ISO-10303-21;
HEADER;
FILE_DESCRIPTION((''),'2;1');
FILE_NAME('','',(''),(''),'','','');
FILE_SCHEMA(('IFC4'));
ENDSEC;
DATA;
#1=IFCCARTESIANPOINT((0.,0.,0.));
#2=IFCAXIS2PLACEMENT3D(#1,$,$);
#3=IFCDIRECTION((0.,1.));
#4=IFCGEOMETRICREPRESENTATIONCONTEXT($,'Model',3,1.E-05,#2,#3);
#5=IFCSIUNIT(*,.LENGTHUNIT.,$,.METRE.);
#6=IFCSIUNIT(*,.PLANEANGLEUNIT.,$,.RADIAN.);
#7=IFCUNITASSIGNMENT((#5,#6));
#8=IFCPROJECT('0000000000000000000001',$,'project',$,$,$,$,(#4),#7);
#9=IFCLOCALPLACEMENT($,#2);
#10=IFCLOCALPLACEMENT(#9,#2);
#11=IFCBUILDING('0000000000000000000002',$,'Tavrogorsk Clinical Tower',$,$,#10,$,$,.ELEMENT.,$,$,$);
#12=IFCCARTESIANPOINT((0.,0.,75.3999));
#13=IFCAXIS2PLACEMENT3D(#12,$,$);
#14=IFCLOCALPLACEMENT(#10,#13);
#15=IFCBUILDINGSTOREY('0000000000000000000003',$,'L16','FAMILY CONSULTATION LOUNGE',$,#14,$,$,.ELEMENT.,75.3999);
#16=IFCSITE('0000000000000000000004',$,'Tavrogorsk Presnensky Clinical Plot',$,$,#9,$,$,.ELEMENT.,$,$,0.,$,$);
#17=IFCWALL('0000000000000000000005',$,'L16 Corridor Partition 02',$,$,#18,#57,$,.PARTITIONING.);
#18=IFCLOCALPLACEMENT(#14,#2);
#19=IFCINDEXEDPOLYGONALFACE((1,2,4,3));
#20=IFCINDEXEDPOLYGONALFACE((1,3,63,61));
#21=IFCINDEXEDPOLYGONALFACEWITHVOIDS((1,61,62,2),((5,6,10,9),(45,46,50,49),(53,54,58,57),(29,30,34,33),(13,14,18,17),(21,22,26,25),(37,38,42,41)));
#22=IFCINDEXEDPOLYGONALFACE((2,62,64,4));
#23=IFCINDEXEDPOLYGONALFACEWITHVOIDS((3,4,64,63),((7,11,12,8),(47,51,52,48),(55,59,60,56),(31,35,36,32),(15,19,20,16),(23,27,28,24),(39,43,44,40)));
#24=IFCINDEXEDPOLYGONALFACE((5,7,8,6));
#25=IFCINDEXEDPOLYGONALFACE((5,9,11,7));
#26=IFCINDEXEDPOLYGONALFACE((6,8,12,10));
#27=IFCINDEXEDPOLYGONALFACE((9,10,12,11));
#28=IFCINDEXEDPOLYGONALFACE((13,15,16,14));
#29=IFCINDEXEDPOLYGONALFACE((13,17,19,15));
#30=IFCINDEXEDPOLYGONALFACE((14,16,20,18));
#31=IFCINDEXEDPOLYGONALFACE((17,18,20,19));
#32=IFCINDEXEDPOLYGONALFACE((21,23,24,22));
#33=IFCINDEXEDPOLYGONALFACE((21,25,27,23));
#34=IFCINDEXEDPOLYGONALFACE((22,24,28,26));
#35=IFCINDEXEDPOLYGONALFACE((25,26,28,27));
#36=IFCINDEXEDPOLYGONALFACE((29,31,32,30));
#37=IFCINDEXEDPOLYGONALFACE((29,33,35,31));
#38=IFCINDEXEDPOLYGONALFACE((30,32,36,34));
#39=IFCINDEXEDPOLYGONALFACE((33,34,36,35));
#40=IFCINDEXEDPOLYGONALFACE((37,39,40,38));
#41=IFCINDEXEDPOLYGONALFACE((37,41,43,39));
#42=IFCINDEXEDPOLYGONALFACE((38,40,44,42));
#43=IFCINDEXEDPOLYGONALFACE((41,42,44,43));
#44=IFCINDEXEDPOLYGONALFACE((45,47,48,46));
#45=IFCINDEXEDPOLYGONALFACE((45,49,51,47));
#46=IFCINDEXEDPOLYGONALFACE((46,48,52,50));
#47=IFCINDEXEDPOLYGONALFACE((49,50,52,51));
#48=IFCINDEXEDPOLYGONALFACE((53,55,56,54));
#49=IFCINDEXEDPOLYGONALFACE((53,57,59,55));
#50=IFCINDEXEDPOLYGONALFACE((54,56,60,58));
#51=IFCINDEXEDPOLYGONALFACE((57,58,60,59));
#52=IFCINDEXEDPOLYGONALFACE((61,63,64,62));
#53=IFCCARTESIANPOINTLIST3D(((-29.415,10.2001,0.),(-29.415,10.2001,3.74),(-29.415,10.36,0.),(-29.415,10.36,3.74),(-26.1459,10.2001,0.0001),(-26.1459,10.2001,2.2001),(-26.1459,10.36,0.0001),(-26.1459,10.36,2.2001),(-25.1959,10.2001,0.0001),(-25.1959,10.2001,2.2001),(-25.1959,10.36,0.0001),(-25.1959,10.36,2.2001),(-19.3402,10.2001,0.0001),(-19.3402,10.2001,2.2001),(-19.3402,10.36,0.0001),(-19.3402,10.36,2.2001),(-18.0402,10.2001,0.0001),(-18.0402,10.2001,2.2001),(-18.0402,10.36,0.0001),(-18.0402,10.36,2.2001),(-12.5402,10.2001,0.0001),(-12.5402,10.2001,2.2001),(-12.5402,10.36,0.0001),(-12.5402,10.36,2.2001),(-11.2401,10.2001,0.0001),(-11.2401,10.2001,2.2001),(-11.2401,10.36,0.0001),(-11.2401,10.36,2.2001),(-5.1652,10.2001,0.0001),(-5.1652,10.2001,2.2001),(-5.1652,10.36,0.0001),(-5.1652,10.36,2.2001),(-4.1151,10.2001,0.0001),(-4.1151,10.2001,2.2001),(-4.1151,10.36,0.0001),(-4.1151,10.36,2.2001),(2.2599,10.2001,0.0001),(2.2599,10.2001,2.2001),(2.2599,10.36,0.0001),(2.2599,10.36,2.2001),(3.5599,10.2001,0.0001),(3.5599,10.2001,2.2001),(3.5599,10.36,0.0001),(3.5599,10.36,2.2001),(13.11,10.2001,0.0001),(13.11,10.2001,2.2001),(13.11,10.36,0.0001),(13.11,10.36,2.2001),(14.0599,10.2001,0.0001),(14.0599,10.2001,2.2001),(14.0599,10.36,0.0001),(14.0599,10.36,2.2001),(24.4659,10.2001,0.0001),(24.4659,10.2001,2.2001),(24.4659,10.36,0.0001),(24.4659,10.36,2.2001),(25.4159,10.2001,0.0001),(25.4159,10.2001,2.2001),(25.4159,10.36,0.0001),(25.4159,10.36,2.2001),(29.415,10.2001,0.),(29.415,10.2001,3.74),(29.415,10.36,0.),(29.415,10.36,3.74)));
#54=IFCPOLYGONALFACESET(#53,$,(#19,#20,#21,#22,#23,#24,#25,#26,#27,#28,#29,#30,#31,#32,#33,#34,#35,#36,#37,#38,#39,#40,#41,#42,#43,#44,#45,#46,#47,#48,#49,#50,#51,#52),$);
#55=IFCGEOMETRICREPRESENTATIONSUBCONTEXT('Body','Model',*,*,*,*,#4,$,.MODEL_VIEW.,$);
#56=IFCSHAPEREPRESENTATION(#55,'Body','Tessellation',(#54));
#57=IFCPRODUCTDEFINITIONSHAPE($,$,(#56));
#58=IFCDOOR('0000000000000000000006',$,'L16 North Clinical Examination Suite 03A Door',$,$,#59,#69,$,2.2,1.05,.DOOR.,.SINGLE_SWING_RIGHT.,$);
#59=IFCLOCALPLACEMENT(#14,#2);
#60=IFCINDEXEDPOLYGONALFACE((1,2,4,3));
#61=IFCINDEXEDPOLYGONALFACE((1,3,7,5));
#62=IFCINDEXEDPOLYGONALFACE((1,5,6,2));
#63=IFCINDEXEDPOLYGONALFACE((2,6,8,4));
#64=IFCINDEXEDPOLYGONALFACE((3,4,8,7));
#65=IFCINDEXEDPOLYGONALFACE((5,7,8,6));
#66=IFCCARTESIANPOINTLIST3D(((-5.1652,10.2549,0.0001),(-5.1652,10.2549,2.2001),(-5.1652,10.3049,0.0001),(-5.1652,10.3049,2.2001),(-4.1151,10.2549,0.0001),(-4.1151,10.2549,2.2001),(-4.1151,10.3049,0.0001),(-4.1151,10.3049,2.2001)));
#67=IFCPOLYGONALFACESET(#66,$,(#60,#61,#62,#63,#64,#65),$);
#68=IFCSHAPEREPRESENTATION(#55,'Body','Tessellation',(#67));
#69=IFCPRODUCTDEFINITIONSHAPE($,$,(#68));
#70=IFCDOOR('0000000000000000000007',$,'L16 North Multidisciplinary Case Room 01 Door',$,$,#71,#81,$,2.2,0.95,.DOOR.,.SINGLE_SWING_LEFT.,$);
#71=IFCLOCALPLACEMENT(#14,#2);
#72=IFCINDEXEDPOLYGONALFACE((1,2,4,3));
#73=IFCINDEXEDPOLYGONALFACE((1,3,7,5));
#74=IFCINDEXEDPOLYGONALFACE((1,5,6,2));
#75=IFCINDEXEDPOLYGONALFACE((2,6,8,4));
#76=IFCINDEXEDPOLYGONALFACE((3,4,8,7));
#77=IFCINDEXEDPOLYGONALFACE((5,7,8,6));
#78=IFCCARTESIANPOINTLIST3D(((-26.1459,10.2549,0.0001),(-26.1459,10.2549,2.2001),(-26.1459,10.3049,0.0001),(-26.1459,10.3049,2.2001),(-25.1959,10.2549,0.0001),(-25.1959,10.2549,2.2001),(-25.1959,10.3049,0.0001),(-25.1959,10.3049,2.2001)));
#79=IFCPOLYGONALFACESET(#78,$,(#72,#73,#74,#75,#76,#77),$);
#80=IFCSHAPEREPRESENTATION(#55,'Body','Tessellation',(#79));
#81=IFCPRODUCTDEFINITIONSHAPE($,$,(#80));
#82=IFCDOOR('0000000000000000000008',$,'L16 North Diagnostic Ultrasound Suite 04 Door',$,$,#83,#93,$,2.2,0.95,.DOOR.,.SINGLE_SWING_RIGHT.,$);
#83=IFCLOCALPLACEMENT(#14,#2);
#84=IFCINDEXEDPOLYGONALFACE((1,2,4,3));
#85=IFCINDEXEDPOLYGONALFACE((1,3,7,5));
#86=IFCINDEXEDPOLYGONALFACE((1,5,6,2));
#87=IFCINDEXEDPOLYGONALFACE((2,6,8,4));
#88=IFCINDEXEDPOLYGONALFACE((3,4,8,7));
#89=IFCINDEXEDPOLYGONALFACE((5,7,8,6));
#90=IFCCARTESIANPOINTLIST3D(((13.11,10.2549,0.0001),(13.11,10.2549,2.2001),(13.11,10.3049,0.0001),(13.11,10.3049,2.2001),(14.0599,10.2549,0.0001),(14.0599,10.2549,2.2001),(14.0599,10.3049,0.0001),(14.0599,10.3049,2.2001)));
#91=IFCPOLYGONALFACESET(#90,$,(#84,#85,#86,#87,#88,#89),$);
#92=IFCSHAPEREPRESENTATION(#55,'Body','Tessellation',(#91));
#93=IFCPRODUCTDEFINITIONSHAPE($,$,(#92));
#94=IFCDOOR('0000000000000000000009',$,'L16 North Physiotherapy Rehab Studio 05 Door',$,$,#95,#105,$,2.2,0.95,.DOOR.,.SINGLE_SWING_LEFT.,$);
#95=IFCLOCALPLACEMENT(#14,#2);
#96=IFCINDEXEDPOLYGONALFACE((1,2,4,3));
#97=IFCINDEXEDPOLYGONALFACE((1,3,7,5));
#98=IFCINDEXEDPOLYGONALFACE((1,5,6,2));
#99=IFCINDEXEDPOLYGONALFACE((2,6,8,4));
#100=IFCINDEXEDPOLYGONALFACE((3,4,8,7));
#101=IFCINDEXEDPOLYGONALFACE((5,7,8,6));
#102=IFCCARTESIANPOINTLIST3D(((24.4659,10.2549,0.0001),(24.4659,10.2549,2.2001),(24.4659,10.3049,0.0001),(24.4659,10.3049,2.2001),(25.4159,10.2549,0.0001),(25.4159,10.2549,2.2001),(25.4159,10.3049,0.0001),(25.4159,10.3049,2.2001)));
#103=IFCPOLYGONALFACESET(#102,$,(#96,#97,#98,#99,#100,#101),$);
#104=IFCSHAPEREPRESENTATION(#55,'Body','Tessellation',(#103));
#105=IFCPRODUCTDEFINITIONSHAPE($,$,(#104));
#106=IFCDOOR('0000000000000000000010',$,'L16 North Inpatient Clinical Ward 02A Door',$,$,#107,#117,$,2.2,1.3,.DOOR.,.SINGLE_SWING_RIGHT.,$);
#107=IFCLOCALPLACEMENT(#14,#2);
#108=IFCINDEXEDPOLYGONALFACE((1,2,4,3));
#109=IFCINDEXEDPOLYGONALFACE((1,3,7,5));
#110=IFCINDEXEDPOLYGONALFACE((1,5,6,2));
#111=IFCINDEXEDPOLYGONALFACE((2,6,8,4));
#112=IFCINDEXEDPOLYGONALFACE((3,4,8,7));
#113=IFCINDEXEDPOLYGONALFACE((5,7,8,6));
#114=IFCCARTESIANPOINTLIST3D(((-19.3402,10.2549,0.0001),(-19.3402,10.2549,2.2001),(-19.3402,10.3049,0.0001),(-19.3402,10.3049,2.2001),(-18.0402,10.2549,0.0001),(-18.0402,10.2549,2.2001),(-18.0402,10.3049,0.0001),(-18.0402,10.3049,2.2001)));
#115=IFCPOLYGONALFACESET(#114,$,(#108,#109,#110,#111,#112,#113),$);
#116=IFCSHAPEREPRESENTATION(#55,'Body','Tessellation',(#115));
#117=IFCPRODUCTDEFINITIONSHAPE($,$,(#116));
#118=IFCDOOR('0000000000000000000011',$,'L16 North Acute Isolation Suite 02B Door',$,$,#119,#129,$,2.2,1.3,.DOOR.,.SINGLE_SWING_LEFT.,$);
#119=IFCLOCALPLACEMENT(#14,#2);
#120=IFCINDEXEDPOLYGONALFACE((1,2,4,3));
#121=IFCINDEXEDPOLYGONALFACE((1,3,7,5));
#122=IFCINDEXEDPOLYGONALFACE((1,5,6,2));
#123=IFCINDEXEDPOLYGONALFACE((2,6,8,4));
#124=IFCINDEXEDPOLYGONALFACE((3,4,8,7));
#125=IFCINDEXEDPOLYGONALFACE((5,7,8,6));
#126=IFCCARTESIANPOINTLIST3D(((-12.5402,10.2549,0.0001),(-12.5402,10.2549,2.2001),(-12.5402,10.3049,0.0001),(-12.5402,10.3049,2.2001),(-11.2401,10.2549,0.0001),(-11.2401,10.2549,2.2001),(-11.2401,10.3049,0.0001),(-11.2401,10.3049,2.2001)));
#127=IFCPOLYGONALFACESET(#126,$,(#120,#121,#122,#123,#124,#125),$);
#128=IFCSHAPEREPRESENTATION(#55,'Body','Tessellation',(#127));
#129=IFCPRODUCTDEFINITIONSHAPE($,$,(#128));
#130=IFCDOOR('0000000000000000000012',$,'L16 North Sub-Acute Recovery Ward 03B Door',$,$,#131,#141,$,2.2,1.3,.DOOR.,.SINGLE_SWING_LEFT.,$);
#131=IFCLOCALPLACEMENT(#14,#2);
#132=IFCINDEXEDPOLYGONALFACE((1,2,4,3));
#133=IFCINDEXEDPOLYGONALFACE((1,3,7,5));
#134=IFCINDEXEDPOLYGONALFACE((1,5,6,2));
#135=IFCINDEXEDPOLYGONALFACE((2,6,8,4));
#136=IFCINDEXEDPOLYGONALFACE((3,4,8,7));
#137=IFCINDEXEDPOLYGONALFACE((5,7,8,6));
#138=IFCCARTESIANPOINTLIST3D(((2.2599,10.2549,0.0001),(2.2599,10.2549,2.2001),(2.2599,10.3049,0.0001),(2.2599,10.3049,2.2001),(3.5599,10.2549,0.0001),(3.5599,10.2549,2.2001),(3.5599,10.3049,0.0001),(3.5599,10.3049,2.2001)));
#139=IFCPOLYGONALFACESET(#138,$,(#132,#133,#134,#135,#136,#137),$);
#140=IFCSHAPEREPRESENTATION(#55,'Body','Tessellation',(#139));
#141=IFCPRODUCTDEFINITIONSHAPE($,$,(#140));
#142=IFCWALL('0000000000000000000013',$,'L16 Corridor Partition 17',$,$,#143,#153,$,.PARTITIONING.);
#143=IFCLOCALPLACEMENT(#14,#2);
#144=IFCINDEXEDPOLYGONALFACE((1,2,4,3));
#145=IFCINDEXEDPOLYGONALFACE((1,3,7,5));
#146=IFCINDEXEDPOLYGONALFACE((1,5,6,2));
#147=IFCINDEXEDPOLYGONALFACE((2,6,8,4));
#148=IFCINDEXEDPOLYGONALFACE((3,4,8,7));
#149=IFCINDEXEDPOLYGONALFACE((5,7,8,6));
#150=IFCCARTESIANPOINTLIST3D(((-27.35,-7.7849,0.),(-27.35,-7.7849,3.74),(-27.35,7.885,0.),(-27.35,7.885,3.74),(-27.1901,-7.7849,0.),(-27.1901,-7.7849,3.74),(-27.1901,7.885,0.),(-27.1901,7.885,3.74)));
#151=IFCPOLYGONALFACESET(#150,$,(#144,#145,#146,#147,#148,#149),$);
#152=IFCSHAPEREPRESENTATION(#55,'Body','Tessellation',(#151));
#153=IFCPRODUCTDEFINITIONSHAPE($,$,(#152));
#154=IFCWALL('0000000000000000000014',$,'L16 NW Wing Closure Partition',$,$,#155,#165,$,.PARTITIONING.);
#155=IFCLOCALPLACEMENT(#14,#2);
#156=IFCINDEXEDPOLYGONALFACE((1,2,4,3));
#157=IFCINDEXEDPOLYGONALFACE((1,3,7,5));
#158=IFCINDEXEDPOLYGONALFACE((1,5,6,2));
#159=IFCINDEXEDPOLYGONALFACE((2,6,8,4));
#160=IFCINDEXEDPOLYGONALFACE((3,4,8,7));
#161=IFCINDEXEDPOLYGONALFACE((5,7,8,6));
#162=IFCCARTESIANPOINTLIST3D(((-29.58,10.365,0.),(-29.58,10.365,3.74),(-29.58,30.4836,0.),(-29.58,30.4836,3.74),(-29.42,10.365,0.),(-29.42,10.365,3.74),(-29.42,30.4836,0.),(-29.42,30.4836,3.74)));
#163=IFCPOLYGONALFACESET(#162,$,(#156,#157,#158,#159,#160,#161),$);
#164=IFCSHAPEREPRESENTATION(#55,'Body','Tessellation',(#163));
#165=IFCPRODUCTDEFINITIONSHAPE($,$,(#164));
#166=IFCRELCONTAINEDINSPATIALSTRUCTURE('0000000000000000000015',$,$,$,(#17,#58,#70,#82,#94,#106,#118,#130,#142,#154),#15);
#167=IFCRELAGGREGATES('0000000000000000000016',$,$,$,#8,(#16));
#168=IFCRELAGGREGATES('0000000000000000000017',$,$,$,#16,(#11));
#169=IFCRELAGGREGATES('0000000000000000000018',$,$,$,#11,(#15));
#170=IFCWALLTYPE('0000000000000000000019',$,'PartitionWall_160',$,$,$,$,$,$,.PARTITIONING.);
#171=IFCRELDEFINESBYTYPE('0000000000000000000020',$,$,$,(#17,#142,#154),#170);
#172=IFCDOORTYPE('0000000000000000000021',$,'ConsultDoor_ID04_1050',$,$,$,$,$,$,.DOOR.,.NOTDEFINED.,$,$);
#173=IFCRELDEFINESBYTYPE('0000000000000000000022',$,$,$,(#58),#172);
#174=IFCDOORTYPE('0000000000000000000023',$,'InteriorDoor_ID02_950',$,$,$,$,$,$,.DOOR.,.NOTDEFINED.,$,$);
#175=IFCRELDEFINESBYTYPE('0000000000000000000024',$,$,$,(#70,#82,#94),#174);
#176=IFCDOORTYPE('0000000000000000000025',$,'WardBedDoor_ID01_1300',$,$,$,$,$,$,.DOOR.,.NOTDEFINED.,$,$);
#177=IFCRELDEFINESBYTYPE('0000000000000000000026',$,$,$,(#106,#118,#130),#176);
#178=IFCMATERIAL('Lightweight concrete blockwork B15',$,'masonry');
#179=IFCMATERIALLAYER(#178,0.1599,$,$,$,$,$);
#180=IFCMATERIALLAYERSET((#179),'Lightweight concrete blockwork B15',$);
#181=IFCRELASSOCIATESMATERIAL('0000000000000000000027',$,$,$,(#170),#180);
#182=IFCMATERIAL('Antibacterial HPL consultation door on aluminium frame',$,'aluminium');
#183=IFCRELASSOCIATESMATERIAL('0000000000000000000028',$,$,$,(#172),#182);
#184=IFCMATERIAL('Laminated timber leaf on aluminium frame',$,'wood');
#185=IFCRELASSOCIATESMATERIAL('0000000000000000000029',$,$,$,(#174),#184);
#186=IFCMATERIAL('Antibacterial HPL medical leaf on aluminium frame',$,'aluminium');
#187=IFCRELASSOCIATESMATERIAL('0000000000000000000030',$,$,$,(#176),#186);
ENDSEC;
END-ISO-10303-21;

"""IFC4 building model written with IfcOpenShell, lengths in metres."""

from ifc_helpers import new_model, si_unit, direction, frame, frame_2d, origin, place, context, subcontext, project, spatial, rectangle, extrude, material, layer, layer_set, type_object, element, fill, save


model = new_model("IFC4")

# Units and contexts
model_context = context("Model", 3, precision=1e-05, world=origin(), true_north=direction((0.0, 1.0)))
body_context = subcontext(model_context, "Body", "Model", "MODEL_VIEW")
ifc_project = project(units=[si_unit("LENGTHUNIT", "METRE"), si_unit("PLANEANGLEUNIT", "RADIAN")], contexts=[model_context])

# Site, building, storey
site_placement = place(None, origin())
site = spatial("IfcSite", under=ifc_project, at=site_placement, Name="Tavrogorsk Presnensky Clinical Plot", CompositionType="ELEMENT", RefElevation=0.0)
building_placement = place(site_placement, origin())
building = spatial("IfcBuilding", under=site, at=building_placement, Name="Tavrogorsk Clinical Tower", CompositionType="ELEMENT")
storey_placement = place(building_placement, frame((0.0, 0.0, 75.3999)))
storey = spatial("IfcBuildingStorey", under=building, at=storey_placement, Name="L16", Description="FAMILY CONSULTATION LOUNGE", CompositionType="ELEMENT", Elevation=75.3999)

# Wall, openings, doors
ifc_material_1 = material(Name="Lightweight concrete blockwork B15", Category="masonry")
ifc_layer_1 = layer(ifc_material_1, 0.1599)
ifc_layer_set_1 = layer_set([ifc_layer_1], Name="Lightweight concrete blockwork B15")
wall_type_1 = type_object("IfcWallType", Name="PartitionWall_160", PredefinedType="PARTITIONING", material=ifc_layer_set_1)
wall_1_placement = place(storey_placement, frame((-29.415, 10.28, 0.0), z_axis=(0.0, 0.0, 1.0), x_axis=(1.0, 0.0, 0.0)))
wall_1 = element("IfcWall", 1, at=wall_1_placement, inside=storey, type_object=wall_type_1, Name="L16 Corridor Partition 02", PredefinedType="PARTITIONING", context=body_context, shape_type="SweptSolid", body=[
    extrude(rectangle(XDim=58.8301, YDim=0.1599, at=frame_2d((29.415, 0.0))), origin(), (0.0, 0.0, 1.0), 3.74),
])
opening_1_placement = place(wall_1_placement, frame((3.269, 0.0, 0.0)))
opening_1 = element("IfcOpeningElement", 2, at=opening_1_placement, cuts=wall_1, PredefinedType="OPENING", context=body_context, shape_type="SweptSolid", body=[
    extrude(rectangle(XDim=0.95, YDim=2.2, at=frame_2d((0.4751, 1.1001))), frame((0.0, 0.0898, 0.0), z_axis=(0.0, -1.0, 0.0), x_axis=(1.0, 0.0, 0.0)), (0.0, 0.0, 1.0), 0.1799),
])
opening_2_placement = place(wall_1_placement, frame((10.075, 0.0, 0.0)))
opening_2 = element("IfcOpeningElement", 3, at=opening_2_placement, cuts=wall_1, PredefinedType="OPENING", context=body_context, shape_type="SweptSolid", body=[
    extrude(rectangle(XDim=1.3, YDim=2.2, at=frame_2d((0.6499, 1.1001))), frame((0.0, 0.0898, 0.0), z_axis=(0.0, -1.0, 0.0), x_axis=(1.0, 0.0, 0.0)), (0.0, 0.0, 1.0), 0.1799),
])
opening_3_placement = place(wall_1_placement, frame((16.875, 0.0, 0.0)))
opening_3 = element("IfcOpeningElement", 4, at=opening_3_placement, cuts=wall_1, PredefinedType="OPENING", context=body_context, shape_type="SweptSolid", body=[
    extrude(rectangle(XDim=1.3, YDim=2.2, at=frame_2d((0.6499, 1.1001))), frame((0.0, 0.0898, 0.0), z_axis=(0.0, -1.0, 0.0), x_axis=(1.0, 0.0, 0.0)), (0.0, 0.0, 1.0), 0.1799),
])
opening_4_placement = place(wall_1_placement, frame((24.25, 0.0, 0.0)))
opening_4 = element("IfcOpeningElement", 5, at=opening_4_placement, cuts=wall_1, PredefinedType="OPENING", context=body_context, shape_type="SweptSolid", body=[
    extrude(rectangle(XDim=1.05, YDim=2.2, at=frame_2d((0.5249, 1.1001))), frame((0.0, 0.0898, 0.0), z_axis=(0.0, -1.0, 0.0), x_axis=(1.0, 0.0, 0.0)), (0.0, 0.0, 1.0), 0.1799),
])
opening_5_placement = place(wall_1_placement, frame((31.675, 0.0, 0.0)))
opening_5 = element("IfcOpeningElement", 6, at=opening_5_placement, cuts=wall_1, PredefinedType="OPENING", context=body_context, shape_type="SweptSolid", body=[
    extrude(rectangle(XDim=1.3, YDim=2.2, at=frame_2d((0.6499, 1.1001))), frame((0.0, 0.0898, 0.0), z_axis=(0.0, -1.0, 0.0), x_axis=(1.0, 0.0, 0.0)), (0.0, 0.0, 1.0), 0.1799),
])
opening_6_placement = place(wall_1_placement, frame((42.5249, 0.0, 0.0)))
opening_6 = element("IfcOpeningElement", 7, at=opening_6_placement, cuts=wall_1, PredefinedType="OPENING", context=body_context, shape_type="SweptSolid", body=[
    extrude(rectangle(XDim=0.95, YDim=2.2, at=frame_2d((0.4751, 1.1001))), frame((0.0, 0.0898, 0.0), z_axis=(0.0, -1.0, 0.0), x_axis=(1.0, 0.0, 0.0)), (0.0, 0.0, 1.0), 0.1799),
])
opening_7_placement = place(wall_1_placement, frame((53.8809, 0.0, 0.0)))
opening_7 = element("IfcOpeningElement", 8, at=opening_7_placement, cuts=wall_1, PredefinedType="OPENING", context=body_context, shape_type="SweptSolid", body=[
    extrude(rectangle(XDim=0.95, YDim=2.2, at=frame_2d((0.4751, 1.1001))), frame((0.0, 0.0898, 0.0), z_axis=(0.0, -1.0, 0.0), x_axis=(1.0, 0.0, 0.0)), (0.0, 0.0, 1.0), 0.1799),
])
ifc_material_2 = material(Name="Antibacterial HPL consultation door on aluminium frame", Category="aluminium")
door_type_1 = type_object("IfcDoorType", Name="ConsultDoor_ID04_1050", OperationType="NOTDEFINED", PredefinedType="DOOR", material=ifc_material_2)
door_1_placement = place(opening_4_placement, origin())
door_1 = element("IfcDoor", 9, at=door_1_placement, inside=storey, type_object=door_type_1, Name="L16 North Clinical Examination Suite 03A Door", OperationType="SINGLE_SWING_RIGHT", OverallHeight=2.2, OverallWidth=1.05, PredefinedType="DOOR", context=body_context, shape_type="SweptSolid", body=[
    extrude(rectangle(XDim=1.05, YDim=2.2, at=frame_2d((0.5249, 1.1001))), frame((0.0, 0.0249, 0.0), z_axis=(0.0, -1.0, 0.0), x_axis=(1.0, 0.0, 0.0)), (0.0, 0.0, 1.0), 0.05),
])
fill(opening_4, door_1)
ifc_material_3 = material(Name="Laminated timber leaf on aluminium frame", Category="wood")
door_type_2 = type_object("IfcDoorType", Name="InteriorDoor_ID02_950", OperationType="NOTDEFINED", PredefinedType="DOOR", material=ifc_material_3)
door_2_placement = place(opening_1_placement, origin())
door_2 = element("IfcDoor", 10, at=door_2_placement, inside=storey, type_object=door_type_2, Name="L16 North Multidisciplinary Case Room 01 Door", OperationType="SINGLE_SWING_LEFT", OverallHeight=2.2, OverallWidth=0.95, PredefinedType="DOOR", context=body_context, shape_type="SweptSolid", body=[
    extrude(rectangle(XDim=0.95, YDim=2.2, at=frame_2d((0.4751, 1.1001))), frame((0.0, 0.0249, 0.0), z_axis=(0.0, -1.0, 0.0), x_axis=(1.0, 0.0, 0.0)), (0.0, 0.0, 1.0), 0.05),
])
fill(opening_1, door_2)
door_3_placement = place(opening_6_placement, origin())
door_3 = element("IfcDoor", 11, at=door_3_placement, inside=storey, type_object=door_type_2, Name="L16 North Diagnostic Ultrasound Suite 04 Door", OperationType="SINGLE_SWING_RIGHT", OverallHeight=2.2, OverallWidth=0.95, PredefinedType="DOOR", context=body_context, shape_type="SweptSolid", body=[
    extrude(rectangle(XDim=0.95, YDim=2.2, at=frame_2d((0.4751, 1.1001))), frame((0.0, 0.0249, 0.0), z_axis=(0.0, -1.0, 0.0), x_axis=(1.0, 0.0, 0.0)), (0.0, 0.0, 1.0), 0.05),
])
fill(opening_6, door_3)
door_4_placement = place(opening_7_placement, origin())
door_4 = element("IfcDoor", 12, at=door_4_placement, inside=storey, type_object=door_type_2, Name="L16 North Physiotherapy Rehab Studio 05 Door", OperationType="SINGLE_SWING_LEFT", OverallHeight=2.2, OverallWidth=0.95, PredefinedType="DOOR", context=body_context, shape_type="SweptSolid", body=[
    extrude(rectangle(XDim=0.95, YDim=2.2, at=frame_2d((0.4751, 1.1001))), frame((0.0, 0.0249, 0.0), z_axis=(0.0, -1.0, 0.0), x_axis=(1.0, 0.0, 0.0)), (0.0, 0.0, 1.0), 0.05),
])
fill(opening_7, door_4)
ifc_material_4 = material(Name="Antibacterial HPL medical leaf on aluminium frame", Category="aluminium")
door_type_3 = type_object("IfcDoorType", Name="WardBedDoor_ID01_1300", OperationType="NOTDEFINED", PredefinedType="DOOR", material=ifc_material_4)
door_5_placement = place(opening_2_placement, origin())
door_5 = element("IfcDoor", 13, at=door_5_placement, inside=storey, type_object=door_type_3, Name="L16 North Inpatient Clinical Ward 02A Door", OperationType="SINGLE_SWING_RIGHT", OverallHeight=2.2, OverallWidth=1.3, PredefinedType="DOOR", context=body_context, shape_type="SweptSolid", body=[
    extrude(rectangle(XDim=1.3, YDim=2.2, at=frame_2d((0.6499, 1.1001))), frame((0.0, 0.0249, 0.0), z_axis=(0.0, -1.0, 0.0), x_axis=(1.0, 0.0, 0.0)), (0.0, 0.0, 1.0), 0.05),
])
fill(opening_2, door_5)
door_6_placement = place(opening_3_placement, origin())
door_6 = element("IfcDoor", 14, at=door_6_placement, inside=storey, type_object=door_type_3, Name="L16 North Acute Isolation Suite 02B Door", OperationType="SINGLE_SWING_LEFT", OverallHeight=2.2, OverallWidth=1.3, PredefinedType="DOOR", context=body_context, shape_type="SweptSolid", body=[
    extrude(rectangle(XDim=1.3, YDim=2.2, at=frame_2d((0.6499, 1.1001))), frame((0.0, 0.0249, 0.0), z_axis=(0.0, -1.0, 0.0), x_axis=(1.0, 0.0, 0.0)), (0.0, 0.0, 1.0), 0.05),
])
fill(opening_3, door_6)
door_7_placement = place(opening_5_placement, origin())
door_7 = element("IfcDoor", 15, at=door_7_placement, inside=storey, type_object=door_type_3, Name="L16 North Sub-Acute Recovery Ward 03B Door", OperationType="SINGLE_SWING_LEFT", OverallHeight=2.2, OverallWidth=1.3, PredefinedType="DOOR", context=body_context, shape_type="SweptSolid", body=[
    extrude(rectangle(XDim=1.3, YDim=2.2, at=frame_2d((0.6499, 1.1001))), frame((0.0, 0.0249, 0.0), z_axis=(0.0, -1.0, 0.0), x_axis=(1.0, 0.0, 0.0)), (0.0, 0.0, 1.0), 0.05),
])
fill(opening_5, door_7)

# Walls
wall_2_placement = place(storey_placement, frame((-27.27, 7.885, 0.0), z_axis=(0.0, 0.0, 1.0), x_axis=(0.0, -1.0, 0.0)))
element("IfcWall", 16, at=wall_2_placement, inside=storey, type_object=wall_type_1, Name="L16 Corridor Partition 17", PredefinedType="PARTITIONING", context=body_context, shape_type="SweptSolid", body=[
    extrude(rectangle(XDim=15.6699, YDim=0.1599, at=frame_2d((7.835, 0.0))), origin(), (0.0, 0.0, 1.0), 3.74),
])
wall_3_placement = place(storey_placement, frame((-29.5, 10.365, 0.0), z_axis=(0.0, 0.0, 1.0), x_axis=(0.0, 1.0, 0.0)))
element("IfcWall", 17, at=wall_3_placement, inside=storey, type_object=wall_type_1, Name="L16 NW Wing Closure Partition", PredefinedType="PARTITIONING", context=body_context, shape_type="SweptSolid", body=[
    extrude(rectangle(XDim=20.1187, YDim=0.1599, at=frame_2d((10.0593, 0.0))), origin(), (0.0, 0.0, 1.0), 3.74),
])

save(model, "model.ifc")
